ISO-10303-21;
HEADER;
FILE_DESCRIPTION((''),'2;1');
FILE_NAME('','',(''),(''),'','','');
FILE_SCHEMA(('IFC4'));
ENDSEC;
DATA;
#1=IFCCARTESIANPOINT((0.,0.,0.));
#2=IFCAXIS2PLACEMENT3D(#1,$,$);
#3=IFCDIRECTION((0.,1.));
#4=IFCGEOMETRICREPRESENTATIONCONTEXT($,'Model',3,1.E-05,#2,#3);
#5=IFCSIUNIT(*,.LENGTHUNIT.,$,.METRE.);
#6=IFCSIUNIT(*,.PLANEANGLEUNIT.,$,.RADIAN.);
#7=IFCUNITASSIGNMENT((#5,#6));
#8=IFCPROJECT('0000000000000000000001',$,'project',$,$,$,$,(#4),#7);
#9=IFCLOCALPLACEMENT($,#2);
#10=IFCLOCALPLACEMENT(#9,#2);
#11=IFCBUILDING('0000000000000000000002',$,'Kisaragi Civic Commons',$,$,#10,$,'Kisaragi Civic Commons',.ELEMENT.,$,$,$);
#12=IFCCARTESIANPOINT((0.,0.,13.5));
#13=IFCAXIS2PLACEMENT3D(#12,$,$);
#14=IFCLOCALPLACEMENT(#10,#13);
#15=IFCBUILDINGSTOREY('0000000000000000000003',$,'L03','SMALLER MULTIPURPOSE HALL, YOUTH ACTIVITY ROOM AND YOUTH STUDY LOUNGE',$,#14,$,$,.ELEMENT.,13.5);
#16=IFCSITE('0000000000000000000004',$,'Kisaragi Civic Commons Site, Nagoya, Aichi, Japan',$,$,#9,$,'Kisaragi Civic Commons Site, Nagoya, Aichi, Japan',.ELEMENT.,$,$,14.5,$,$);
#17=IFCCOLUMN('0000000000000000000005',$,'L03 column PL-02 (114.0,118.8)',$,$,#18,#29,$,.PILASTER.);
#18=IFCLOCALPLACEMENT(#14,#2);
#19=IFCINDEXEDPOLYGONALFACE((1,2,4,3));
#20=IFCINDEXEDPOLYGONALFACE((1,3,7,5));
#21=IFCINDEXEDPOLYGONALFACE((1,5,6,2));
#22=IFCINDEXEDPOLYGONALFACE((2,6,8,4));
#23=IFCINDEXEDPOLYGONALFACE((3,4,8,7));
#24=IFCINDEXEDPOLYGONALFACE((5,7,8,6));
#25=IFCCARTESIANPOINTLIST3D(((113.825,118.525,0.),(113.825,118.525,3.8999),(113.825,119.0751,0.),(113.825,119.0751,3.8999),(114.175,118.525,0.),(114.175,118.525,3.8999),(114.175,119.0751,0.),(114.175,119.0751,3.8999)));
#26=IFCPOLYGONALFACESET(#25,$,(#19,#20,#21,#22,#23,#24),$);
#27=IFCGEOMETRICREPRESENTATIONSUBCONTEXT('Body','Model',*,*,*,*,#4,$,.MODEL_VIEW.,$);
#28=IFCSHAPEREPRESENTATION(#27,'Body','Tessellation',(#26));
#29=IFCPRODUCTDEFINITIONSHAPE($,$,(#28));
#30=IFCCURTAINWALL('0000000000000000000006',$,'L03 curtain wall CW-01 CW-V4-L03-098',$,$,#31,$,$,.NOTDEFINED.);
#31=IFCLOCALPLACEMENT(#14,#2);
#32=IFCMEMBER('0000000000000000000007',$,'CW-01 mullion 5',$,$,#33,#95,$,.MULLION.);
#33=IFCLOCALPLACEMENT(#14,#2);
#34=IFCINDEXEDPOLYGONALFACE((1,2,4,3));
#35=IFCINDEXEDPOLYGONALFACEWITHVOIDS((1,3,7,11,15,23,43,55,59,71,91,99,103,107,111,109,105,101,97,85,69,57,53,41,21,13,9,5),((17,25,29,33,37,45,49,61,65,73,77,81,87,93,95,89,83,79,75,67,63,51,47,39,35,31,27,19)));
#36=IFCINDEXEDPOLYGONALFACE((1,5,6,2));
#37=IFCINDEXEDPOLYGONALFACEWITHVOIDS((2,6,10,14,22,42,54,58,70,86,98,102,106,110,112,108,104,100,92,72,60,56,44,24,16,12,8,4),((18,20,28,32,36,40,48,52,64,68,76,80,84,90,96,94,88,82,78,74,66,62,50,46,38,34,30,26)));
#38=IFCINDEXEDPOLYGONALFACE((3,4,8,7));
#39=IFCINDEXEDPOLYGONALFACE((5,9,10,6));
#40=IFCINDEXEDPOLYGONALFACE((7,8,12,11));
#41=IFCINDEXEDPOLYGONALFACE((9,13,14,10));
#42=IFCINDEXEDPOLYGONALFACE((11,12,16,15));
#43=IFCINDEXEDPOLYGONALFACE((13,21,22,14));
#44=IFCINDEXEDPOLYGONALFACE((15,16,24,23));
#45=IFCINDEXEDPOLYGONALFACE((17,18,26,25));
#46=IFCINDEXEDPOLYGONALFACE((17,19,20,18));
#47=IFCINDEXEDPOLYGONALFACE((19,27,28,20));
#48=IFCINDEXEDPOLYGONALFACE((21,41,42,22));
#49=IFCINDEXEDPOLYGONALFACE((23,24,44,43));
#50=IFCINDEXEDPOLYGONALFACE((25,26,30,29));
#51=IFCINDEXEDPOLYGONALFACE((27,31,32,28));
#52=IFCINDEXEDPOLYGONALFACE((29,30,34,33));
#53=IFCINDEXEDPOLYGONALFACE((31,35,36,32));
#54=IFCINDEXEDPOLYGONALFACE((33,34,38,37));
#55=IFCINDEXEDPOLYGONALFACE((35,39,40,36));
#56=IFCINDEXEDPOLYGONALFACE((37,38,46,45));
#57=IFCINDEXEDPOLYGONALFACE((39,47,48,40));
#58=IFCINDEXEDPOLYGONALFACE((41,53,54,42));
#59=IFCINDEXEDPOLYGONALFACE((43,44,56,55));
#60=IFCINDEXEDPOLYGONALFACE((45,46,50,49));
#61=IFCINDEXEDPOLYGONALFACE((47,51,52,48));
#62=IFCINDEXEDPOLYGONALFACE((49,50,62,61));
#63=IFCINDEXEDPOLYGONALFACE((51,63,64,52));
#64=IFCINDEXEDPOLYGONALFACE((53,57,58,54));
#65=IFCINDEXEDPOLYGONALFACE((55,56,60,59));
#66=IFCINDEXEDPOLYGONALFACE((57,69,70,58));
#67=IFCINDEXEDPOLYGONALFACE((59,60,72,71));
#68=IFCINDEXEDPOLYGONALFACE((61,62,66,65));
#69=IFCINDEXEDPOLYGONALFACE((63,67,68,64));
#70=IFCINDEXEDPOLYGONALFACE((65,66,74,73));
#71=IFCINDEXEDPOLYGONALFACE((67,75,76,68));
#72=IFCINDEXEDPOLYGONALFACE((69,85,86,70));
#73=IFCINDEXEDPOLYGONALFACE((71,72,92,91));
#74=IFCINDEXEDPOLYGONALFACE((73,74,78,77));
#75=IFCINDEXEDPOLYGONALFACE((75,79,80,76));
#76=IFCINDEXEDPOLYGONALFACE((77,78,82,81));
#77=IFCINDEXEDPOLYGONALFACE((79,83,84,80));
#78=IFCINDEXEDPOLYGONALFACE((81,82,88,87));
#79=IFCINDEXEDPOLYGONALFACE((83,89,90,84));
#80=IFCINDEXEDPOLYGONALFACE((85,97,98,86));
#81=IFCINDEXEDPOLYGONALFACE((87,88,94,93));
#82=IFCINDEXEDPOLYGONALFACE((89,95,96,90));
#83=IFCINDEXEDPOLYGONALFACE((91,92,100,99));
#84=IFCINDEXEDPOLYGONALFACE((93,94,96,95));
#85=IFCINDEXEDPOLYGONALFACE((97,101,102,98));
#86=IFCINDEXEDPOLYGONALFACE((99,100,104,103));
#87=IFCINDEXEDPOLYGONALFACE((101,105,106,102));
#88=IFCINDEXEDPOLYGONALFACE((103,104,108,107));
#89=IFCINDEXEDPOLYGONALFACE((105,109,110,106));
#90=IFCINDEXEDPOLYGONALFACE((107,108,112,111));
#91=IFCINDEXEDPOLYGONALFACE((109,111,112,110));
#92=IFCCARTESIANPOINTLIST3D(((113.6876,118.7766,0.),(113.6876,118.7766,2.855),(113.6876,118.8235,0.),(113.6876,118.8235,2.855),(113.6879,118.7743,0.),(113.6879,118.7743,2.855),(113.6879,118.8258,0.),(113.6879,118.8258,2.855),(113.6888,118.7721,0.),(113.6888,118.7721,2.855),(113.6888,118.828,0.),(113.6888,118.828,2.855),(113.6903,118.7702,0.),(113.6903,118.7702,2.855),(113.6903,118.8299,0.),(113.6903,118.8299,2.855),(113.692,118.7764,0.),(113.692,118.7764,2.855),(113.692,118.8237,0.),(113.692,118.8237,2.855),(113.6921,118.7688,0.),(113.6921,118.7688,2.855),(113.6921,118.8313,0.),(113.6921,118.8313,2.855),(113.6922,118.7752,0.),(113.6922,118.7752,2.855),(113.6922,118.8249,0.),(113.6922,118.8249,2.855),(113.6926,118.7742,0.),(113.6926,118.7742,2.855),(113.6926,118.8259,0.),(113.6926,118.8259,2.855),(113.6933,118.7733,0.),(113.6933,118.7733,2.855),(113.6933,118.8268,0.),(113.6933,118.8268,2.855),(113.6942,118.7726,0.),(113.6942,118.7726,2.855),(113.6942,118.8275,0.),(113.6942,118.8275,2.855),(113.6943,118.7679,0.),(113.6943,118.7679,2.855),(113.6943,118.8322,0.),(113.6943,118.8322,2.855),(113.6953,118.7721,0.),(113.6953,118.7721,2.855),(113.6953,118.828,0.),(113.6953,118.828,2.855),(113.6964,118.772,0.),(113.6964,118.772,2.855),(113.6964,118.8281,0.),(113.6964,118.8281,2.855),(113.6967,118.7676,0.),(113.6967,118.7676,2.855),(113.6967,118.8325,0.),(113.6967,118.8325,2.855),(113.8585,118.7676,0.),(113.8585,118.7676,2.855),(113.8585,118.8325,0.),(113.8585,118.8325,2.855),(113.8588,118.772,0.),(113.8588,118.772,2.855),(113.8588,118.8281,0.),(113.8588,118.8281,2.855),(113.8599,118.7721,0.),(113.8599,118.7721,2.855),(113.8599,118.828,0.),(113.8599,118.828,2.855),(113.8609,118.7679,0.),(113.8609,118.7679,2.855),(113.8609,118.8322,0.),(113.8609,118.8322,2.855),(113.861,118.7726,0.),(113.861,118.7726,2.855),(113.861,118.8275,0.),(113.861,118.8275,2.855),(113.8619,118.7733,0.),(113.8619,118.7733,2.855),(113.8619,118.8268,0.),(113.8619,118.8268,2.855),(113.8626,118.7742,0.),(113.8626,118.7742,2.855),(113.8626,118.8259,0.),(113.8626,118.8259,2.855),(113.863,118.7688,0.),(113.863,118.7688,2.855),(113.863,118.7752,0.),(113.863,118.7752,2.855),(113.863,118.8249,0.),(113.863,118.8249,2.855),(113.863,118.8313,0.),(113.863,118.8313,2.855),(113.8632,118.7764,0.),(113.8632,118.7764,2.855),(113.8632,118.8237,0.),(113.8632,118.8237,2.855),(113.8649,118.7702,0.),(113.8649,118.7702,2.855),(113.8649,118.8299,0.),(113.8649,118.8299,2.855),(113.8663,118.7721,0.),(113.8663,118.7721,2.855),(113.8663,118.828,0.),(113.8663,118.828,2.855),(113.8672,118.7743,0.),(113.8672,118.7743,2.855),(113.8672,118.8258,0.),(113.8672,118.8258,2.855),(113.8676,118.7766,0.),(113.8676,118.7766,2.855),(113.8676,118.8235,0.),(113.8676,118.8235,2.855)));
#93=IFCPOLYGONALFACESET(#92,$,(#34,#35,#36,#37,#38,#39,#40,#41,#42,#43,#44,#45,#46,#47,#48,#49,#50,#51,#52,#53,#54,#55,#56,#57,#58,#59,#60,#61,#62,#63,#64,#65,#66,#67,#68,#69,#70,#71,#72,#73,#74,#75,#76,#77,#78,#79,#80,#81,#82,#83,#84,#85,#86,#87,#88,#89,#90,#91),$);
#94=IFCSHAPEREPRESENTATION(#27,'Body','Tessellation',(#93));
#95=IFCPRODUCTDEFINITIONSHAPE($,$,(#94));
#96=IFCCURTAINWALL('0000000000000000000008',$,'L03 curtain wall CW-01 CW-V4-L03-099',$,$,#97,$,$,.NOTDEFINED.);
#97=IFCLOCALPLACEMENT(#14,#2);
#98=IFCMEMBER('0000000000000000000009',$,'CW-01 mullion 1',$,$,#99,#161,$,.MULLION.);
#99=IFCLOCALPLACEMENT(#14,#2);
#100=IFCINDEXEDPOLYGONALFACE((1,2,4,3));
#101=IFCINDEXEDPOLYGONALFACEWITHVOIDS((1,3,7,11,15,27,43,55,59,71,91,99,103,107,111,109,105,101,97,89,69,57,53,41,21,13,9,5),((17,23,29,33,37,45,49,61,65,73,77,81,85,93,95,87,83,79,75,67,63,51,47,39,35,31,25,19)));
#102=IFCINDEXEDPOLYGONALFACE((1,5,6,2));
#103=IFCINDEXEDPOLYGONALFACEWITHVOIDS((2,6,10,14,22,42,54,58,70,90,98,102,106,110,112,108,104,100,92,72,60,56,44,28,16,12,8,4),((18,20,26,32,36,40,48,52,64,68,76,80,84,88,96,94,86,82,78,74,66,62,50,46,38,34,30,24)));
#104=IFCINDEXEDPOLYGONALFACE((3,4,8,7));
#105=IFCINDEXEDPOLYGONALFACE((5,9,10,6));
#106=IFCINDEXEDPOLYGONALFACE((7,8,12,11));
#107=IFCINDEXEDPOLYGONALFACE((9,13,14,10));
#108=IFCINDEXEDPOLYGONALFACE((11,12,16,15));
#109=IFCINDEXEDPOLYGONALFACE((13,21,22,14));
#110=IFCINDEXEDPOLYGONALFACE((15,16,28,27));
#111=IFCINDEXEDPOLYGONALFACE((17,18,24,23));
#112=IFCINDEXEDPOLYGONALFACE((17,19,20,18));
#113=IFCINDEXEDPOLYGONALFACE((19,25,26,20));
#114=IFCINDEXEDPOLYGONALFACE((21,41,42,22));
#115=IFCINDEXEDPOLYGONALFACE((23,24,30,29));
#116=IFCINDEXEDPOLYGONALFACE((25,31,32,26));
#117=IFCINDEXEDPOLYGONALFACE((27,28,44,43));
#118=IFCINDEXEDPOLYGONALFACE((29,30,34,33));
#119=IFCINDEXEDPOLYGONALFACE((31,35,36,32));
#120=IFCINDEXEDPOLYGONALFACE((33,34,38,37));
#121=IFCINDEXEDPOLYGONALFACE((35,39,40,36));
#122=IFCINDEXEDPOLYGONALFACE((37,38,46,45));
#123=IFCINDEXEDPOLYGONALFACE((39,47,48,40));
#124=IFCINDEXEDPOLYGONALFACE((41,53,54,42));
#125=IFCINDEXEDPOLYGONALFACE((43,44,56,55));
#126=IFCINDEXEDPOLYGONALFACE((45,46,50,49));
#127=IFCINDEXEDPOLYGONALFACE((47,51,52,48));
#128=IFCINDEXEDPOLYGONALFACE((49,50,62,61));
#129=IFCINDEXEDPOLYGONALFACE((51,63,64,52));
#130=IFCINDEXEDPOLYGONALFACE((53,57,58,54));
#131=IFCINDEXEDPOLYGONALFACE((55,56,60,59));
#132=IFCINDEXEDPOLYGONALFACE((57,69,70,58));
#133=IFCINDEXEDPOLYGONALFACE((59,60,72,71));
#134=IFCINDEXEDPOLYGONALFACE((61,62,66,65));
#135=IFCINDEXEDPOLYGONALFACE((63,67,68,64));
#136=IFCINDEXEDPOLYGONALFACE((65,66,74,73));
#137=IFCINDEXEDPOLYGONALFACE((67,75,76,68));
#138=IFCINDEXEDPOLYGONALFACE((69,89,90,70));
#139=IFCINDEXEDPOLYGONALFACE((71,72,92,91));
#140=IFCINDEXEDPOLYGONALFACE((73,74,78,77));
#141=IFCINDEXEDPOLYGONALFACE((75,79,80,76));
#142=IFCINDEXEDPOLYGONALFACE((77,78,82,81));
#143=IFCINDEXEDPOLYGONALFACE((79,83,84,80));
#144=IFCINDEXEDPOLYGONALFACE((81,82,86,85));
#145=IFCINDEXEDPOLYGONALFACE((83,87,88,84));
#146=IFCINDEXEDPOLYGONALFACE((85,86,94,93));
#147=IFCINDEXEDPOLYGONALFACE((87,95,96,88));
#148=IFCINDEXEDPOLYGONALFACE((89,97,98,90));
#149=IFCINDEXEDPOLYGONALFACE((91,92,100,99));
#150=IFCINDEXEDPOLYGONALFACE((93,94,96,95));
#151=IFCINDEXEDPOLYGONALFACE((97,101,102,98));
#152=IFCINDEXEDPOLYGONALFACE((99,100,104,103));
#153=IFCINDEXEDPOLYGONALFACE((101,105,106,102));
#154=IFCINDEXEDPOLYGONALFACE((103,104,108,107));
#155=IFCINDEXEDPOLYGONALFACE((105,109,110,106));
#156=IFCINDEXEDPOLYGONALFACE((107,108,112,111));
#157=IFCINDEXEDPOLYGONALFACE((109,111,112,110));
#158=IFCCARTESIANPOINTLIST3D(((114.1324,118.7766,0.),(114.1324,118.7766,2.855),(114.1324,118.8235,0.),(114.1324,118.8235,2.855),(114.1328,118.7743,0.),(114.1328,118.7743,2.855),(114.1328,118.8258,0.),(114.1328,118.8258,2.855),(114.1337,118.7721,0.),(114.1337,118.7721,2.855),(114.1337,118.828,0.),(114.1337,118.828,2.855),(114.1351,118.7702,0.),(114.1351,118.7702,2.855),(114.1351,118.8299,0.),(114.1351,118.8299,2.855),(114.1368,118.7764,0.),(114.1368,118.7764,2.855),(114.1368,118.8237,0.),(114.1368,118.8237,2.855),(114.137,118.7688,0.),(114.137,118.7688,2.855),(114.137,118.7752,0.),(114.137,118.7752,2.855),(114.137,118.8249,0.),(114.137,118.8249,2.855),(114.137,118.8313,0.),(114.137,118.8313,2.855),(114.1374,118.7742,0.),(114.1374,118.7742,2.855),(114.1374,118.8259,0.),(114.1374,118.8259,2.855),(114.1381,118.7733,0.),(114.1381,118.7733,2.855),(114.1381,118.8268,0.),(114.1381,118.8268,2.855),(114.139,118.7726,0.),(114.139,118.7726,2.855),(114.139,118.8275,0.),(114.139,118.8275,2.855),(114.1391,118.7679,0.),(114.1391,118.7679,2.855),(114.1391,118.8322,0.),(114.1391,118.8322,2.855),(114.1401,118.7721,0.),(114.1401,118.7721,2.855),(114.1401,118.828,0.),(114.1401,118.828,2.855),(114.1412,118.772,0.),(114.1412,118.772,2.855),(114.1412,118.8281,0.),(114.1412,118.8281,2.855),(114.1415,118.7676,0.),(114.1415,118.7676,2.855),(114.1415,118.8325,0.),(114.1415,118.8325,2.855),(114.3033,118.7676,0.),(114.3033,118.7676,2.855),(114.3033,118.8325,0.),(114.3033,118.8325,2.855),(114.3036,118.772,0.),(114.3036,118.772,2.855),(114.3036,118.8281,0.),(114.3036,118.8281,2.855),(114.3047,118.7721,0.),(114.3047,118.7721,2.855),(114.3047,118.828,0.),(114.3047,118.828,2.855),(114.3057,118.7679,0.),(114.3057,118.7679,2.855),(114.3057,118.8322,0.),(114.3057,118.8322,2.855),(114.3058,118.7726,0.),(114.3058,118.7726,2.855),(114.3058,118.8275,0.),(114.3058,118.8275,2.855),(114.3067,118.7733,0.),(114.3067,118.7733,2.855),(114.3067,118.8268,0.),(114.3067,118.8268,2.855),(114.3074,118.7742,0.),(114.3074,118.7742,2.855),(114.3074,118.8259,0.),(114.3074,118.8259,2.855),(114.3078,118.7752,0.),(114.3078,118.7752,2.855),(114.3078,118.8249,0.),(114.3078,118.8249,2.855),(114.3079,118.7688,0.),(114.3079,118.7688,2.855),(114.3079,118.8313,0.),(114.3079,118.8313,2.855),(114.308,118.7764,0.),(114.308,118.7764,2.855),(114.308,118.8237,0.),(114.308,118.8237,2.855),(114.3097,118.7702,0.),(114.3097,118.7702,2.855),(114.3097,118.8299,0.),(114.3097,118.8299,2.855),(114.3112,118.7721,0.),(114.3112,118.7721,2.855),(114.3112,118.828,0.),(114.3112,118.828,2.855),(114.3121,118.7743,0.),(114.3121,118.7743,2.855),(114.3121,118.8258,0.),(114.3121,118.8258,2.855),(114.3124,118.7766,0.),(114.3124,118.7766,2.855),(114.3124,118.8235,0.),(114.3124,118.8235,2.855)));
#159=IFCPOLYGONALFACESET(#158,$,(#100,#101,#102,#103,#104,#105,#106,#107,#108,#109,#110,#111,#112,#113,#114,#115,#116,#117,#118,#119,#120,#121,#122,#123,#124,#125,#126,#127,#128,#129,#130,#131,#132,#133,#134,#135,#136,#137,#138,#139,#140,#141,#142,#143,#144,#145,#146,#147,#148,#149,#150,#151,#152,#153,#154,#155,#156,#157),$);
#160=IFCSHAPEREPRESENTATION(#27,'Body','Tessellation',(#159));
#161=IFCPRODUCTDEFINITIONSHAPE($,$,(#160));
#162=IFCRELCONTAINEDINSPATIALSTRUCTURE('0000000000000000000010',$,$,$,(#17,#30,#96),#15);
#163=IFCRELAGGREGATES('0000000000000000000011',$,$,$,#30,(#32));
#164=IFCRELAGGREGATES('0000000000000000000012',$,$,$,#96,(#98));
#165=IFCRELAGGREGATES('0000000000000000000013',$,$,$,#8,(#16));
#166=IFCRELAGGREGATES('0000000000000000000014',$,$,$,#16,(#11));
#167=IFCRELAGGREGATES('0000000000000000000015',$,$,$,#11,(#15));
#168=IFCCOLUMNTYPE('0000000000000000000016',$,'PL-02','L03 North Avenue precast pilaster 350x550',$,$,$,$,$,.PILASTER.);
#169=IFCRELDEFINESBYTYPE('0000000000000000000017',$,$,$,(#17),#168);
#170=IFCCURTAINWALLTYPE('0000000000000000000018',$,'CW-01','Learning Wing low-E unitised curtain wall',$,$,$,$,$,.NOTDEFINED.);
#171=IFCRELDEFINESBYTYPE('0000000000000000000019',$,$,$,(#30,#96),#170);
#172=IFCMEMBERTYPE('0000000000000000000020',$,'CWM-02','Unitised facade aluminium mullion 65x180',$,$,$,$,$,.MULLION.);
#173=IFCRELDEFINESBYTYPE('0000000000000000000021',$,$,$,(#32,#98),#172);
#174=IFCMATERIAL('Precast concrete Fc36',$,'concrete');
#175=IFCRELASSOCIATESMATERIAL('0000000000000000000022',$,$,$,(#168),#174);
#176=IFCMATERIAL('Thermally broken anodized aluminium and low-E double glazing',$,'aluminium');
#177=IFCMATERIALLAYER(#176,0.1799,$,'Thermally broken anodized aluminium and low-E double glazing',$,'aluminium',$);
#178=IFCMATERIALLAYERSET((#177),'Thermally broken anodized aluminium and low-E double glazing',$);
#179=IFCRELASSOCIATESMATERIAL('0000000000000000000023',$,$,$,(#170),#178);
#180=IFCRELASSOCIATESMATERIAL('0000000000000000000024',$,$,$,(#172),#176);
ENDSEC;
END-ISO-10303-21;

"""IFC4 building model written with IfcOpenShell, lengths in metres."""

from ifc_helpers import new_model, si_unit, direction, frame, origin, origin_2d, place, context, subcontext, project, spatial, rectangle, hollow_rectangle, extrude, material, layer, layer_set, material_profile, profile_set, type_object, element, aggregate, save


model = new_model("IFC4")

# Units and contexts
model_context = context("Model", 3, precision=1e-05, world=origin(), true_north=direction((0.0, 1.0)))
body_context = subcontext(model_context, "Body", "Model", "MODEL_VIEW")
ifc_project = project(units=[si_unit("LENGTHUNIT", "METRE"), si_unit("PLANEANGLEUNIT", "RADIAN")], contexts=[model_context])

# Site, building, storey
site_placement = place(None, origin())
site = spatial("IfcSite", under=ifc_project, at=site_placement, Name="Kisaragi Civic Commons Site, Nagoya, Aichi, Japan", LongName="Kisaragi Civic Commons Site, Nagoya, Aichi, Japan", CompositionType="ELEMENT", RefElevation=14.5)
building_placement = place(site_placement, origin())
building = spatial("IfcBuilding", under=site, at=building_placement, Name="Kisaragi Civic Commons", LongName="Kisaragi Civic Commons", CompositionType="ELEMENT")
storey_placement = place(building_placement, frame((0.0, 0.0, 13.5)))
storey = spatial("IfcBuildingStorey", under=building, at=storey_placement, Name="L03", Description="SMALLER MULTIPURPOSE HALL, YOUTH ACTIVITY ROOM AND YOUTH STUDY LOUNGE", CompositionType="ELEMENT", Elevation=13.5)

# Column
ifc_material_1 = material(Name="Precast concrete Fc36", Category="concrete")
ifc_material_profile_1 = material_profile(ifc_material_1, rectangle(XDim=0.3501, YDim=0.55, at=origin_2d()), Name="RC-350x550", Category="concrete")
ifc_profile_set_1 = profile_set([ifc_material_profile_1], Name="Precast concrete Fc36")
column_type = type_object("IfcColumnType", Name="PL-02", Description="L03 North Avenue precast pilaster 350x550", PredefinedType="PILASTER", material=ifc_profile_set_1)
column_placement = place(storey_placement, frame((114.0, 118.8, 0.0), z_axis=(0.0, 0.0, 1.0), x_axis=(1.0, 0.0, 0.0)))
element("IfcColumn", 1, at=column_placement, inside=storey, type_object=column_type, Name="L03 column PL-02 (114.0,118.8)", PredefinedType="PILASTER", context=body_context, shape_type="SweptSolid", body=[
    extrude(rectangle(XDim=0.3501, YDim=0.55, at=origin_2d()), origin(), (0.0, 0.0, 1.0), 3.8999),
])

# Curtain wall, member
ifc_material_2 = material(Name="Thermally broken anodized aluminium and low-E double glazing", Category="aluminium")
ifc_layer_1 = layer(ifc_material_2, 0.1799, Name="Thermally broken anodized aluminium and low-E double glazing", Category="aluminium")
ifc_layer_set_1 = layer_set([ifc_layer_1], Name="Thermally broken anodized aluminium and low-E double glazing")
curtain_wall_type = type_object("IfcCurtainWallType", Name="CW-01", Description="Learning Wing low-E unitised curtain wall", PredefinedType="NOTDEFINED", material=ifc_layer_set_1)
curtain_wall_1_placement = place(storey_placement, origin())
curtain_wall_1 = element("IfcCurtainWall", 2, at=curtain_wall_1_placement, inside=storey, type_object=curtain_wall_type, Name="L03 curtain wall CW-01 CW-V4-L03-098", PredefinedType="NOTDEFINED")
ifc_material_profile_2 = material_profile(ifc_material_2, hollow_rectangle(XDim=0.0649, YDim=0.1799, WallThickness=0.0044, InnerFilletRadius=0.0044, OuterFilletRadius=0.009, at=origin_2d()), Name="CWM-65x180x4.5", Category="aluminium")
ifc_profile_set_2 = profile_set([ifc_material_profile_2], Name="Thermally broken anodized aluminium and low-E double glazing")
member_type_1 = type_object("IfcMemberType", Name="CWM-02", Description="Unitised facade aluminium mullion 65x180", PredefinedType="MULLION", material=ifc_profile_set_2)
member_1_placement = place(storey_placement, frame((113.7776, 118.8, 0.0), z_axis=(0.0, 0.0, 1.0), x_axis=(0.0, 1.0, 0.0)))
member_1 = element("IfcMember", 3, at=member_1_placement, type_object=member_type_1, Name="CW-01 mullion 5", PredefinedType="MULLION", context=body_context, shape_type="SweptSolid", body=[
    extrude(hollow_rectangle(XDim=0.0649, YDim=0.1799, WallThickness=0.0044, InnerFilletRadius=0.0044, OuterFilletRadius=0.009, at=origin_2d()), origin(), (0.0, 0.0, 1.0), 2.855),
])

# Curtain wall, member
curtain_wall_2_placement = place(storey_placement, origin())
curtain_wall_2 = element("IfcCurtainWall", 4, at=curtain_wall_2_placement, inside=storey, type_object=curtain_wall_type, Name="L03 curtain wall CW-01 CW-V4-L03-099", PredefinedType="NOTDEFINED")
member_2_placement = place(storey_placement, frame((114.2224, 118.8, 0.0), z_axis=(0.0, 0.0, 1.0), x_axis=(0.0, 1.0, 0.0)))
member_2 = element("IfcMember", 5, at=member_2_placement, type_object=member_type_1, Name="CW-01 mullion 1", PredefinedType="MULLION", context=body_context, shape_type="SweptSolid", body=[
    extrude(hollow_rectangle(XDim=0.0649, YDim=0.1799, WallThickness=0.0044, InnerFilletRadius=0.0044, OuterFilletRadius=0.009, at=origin_2d()), origin(), (0.0, 0.0, 1.0), 2.855),
])

aggregate(curtain_wall_1, [member_1])
aggregate(curtain_wall_2, [member_2])

save(model, "model.ifc")
